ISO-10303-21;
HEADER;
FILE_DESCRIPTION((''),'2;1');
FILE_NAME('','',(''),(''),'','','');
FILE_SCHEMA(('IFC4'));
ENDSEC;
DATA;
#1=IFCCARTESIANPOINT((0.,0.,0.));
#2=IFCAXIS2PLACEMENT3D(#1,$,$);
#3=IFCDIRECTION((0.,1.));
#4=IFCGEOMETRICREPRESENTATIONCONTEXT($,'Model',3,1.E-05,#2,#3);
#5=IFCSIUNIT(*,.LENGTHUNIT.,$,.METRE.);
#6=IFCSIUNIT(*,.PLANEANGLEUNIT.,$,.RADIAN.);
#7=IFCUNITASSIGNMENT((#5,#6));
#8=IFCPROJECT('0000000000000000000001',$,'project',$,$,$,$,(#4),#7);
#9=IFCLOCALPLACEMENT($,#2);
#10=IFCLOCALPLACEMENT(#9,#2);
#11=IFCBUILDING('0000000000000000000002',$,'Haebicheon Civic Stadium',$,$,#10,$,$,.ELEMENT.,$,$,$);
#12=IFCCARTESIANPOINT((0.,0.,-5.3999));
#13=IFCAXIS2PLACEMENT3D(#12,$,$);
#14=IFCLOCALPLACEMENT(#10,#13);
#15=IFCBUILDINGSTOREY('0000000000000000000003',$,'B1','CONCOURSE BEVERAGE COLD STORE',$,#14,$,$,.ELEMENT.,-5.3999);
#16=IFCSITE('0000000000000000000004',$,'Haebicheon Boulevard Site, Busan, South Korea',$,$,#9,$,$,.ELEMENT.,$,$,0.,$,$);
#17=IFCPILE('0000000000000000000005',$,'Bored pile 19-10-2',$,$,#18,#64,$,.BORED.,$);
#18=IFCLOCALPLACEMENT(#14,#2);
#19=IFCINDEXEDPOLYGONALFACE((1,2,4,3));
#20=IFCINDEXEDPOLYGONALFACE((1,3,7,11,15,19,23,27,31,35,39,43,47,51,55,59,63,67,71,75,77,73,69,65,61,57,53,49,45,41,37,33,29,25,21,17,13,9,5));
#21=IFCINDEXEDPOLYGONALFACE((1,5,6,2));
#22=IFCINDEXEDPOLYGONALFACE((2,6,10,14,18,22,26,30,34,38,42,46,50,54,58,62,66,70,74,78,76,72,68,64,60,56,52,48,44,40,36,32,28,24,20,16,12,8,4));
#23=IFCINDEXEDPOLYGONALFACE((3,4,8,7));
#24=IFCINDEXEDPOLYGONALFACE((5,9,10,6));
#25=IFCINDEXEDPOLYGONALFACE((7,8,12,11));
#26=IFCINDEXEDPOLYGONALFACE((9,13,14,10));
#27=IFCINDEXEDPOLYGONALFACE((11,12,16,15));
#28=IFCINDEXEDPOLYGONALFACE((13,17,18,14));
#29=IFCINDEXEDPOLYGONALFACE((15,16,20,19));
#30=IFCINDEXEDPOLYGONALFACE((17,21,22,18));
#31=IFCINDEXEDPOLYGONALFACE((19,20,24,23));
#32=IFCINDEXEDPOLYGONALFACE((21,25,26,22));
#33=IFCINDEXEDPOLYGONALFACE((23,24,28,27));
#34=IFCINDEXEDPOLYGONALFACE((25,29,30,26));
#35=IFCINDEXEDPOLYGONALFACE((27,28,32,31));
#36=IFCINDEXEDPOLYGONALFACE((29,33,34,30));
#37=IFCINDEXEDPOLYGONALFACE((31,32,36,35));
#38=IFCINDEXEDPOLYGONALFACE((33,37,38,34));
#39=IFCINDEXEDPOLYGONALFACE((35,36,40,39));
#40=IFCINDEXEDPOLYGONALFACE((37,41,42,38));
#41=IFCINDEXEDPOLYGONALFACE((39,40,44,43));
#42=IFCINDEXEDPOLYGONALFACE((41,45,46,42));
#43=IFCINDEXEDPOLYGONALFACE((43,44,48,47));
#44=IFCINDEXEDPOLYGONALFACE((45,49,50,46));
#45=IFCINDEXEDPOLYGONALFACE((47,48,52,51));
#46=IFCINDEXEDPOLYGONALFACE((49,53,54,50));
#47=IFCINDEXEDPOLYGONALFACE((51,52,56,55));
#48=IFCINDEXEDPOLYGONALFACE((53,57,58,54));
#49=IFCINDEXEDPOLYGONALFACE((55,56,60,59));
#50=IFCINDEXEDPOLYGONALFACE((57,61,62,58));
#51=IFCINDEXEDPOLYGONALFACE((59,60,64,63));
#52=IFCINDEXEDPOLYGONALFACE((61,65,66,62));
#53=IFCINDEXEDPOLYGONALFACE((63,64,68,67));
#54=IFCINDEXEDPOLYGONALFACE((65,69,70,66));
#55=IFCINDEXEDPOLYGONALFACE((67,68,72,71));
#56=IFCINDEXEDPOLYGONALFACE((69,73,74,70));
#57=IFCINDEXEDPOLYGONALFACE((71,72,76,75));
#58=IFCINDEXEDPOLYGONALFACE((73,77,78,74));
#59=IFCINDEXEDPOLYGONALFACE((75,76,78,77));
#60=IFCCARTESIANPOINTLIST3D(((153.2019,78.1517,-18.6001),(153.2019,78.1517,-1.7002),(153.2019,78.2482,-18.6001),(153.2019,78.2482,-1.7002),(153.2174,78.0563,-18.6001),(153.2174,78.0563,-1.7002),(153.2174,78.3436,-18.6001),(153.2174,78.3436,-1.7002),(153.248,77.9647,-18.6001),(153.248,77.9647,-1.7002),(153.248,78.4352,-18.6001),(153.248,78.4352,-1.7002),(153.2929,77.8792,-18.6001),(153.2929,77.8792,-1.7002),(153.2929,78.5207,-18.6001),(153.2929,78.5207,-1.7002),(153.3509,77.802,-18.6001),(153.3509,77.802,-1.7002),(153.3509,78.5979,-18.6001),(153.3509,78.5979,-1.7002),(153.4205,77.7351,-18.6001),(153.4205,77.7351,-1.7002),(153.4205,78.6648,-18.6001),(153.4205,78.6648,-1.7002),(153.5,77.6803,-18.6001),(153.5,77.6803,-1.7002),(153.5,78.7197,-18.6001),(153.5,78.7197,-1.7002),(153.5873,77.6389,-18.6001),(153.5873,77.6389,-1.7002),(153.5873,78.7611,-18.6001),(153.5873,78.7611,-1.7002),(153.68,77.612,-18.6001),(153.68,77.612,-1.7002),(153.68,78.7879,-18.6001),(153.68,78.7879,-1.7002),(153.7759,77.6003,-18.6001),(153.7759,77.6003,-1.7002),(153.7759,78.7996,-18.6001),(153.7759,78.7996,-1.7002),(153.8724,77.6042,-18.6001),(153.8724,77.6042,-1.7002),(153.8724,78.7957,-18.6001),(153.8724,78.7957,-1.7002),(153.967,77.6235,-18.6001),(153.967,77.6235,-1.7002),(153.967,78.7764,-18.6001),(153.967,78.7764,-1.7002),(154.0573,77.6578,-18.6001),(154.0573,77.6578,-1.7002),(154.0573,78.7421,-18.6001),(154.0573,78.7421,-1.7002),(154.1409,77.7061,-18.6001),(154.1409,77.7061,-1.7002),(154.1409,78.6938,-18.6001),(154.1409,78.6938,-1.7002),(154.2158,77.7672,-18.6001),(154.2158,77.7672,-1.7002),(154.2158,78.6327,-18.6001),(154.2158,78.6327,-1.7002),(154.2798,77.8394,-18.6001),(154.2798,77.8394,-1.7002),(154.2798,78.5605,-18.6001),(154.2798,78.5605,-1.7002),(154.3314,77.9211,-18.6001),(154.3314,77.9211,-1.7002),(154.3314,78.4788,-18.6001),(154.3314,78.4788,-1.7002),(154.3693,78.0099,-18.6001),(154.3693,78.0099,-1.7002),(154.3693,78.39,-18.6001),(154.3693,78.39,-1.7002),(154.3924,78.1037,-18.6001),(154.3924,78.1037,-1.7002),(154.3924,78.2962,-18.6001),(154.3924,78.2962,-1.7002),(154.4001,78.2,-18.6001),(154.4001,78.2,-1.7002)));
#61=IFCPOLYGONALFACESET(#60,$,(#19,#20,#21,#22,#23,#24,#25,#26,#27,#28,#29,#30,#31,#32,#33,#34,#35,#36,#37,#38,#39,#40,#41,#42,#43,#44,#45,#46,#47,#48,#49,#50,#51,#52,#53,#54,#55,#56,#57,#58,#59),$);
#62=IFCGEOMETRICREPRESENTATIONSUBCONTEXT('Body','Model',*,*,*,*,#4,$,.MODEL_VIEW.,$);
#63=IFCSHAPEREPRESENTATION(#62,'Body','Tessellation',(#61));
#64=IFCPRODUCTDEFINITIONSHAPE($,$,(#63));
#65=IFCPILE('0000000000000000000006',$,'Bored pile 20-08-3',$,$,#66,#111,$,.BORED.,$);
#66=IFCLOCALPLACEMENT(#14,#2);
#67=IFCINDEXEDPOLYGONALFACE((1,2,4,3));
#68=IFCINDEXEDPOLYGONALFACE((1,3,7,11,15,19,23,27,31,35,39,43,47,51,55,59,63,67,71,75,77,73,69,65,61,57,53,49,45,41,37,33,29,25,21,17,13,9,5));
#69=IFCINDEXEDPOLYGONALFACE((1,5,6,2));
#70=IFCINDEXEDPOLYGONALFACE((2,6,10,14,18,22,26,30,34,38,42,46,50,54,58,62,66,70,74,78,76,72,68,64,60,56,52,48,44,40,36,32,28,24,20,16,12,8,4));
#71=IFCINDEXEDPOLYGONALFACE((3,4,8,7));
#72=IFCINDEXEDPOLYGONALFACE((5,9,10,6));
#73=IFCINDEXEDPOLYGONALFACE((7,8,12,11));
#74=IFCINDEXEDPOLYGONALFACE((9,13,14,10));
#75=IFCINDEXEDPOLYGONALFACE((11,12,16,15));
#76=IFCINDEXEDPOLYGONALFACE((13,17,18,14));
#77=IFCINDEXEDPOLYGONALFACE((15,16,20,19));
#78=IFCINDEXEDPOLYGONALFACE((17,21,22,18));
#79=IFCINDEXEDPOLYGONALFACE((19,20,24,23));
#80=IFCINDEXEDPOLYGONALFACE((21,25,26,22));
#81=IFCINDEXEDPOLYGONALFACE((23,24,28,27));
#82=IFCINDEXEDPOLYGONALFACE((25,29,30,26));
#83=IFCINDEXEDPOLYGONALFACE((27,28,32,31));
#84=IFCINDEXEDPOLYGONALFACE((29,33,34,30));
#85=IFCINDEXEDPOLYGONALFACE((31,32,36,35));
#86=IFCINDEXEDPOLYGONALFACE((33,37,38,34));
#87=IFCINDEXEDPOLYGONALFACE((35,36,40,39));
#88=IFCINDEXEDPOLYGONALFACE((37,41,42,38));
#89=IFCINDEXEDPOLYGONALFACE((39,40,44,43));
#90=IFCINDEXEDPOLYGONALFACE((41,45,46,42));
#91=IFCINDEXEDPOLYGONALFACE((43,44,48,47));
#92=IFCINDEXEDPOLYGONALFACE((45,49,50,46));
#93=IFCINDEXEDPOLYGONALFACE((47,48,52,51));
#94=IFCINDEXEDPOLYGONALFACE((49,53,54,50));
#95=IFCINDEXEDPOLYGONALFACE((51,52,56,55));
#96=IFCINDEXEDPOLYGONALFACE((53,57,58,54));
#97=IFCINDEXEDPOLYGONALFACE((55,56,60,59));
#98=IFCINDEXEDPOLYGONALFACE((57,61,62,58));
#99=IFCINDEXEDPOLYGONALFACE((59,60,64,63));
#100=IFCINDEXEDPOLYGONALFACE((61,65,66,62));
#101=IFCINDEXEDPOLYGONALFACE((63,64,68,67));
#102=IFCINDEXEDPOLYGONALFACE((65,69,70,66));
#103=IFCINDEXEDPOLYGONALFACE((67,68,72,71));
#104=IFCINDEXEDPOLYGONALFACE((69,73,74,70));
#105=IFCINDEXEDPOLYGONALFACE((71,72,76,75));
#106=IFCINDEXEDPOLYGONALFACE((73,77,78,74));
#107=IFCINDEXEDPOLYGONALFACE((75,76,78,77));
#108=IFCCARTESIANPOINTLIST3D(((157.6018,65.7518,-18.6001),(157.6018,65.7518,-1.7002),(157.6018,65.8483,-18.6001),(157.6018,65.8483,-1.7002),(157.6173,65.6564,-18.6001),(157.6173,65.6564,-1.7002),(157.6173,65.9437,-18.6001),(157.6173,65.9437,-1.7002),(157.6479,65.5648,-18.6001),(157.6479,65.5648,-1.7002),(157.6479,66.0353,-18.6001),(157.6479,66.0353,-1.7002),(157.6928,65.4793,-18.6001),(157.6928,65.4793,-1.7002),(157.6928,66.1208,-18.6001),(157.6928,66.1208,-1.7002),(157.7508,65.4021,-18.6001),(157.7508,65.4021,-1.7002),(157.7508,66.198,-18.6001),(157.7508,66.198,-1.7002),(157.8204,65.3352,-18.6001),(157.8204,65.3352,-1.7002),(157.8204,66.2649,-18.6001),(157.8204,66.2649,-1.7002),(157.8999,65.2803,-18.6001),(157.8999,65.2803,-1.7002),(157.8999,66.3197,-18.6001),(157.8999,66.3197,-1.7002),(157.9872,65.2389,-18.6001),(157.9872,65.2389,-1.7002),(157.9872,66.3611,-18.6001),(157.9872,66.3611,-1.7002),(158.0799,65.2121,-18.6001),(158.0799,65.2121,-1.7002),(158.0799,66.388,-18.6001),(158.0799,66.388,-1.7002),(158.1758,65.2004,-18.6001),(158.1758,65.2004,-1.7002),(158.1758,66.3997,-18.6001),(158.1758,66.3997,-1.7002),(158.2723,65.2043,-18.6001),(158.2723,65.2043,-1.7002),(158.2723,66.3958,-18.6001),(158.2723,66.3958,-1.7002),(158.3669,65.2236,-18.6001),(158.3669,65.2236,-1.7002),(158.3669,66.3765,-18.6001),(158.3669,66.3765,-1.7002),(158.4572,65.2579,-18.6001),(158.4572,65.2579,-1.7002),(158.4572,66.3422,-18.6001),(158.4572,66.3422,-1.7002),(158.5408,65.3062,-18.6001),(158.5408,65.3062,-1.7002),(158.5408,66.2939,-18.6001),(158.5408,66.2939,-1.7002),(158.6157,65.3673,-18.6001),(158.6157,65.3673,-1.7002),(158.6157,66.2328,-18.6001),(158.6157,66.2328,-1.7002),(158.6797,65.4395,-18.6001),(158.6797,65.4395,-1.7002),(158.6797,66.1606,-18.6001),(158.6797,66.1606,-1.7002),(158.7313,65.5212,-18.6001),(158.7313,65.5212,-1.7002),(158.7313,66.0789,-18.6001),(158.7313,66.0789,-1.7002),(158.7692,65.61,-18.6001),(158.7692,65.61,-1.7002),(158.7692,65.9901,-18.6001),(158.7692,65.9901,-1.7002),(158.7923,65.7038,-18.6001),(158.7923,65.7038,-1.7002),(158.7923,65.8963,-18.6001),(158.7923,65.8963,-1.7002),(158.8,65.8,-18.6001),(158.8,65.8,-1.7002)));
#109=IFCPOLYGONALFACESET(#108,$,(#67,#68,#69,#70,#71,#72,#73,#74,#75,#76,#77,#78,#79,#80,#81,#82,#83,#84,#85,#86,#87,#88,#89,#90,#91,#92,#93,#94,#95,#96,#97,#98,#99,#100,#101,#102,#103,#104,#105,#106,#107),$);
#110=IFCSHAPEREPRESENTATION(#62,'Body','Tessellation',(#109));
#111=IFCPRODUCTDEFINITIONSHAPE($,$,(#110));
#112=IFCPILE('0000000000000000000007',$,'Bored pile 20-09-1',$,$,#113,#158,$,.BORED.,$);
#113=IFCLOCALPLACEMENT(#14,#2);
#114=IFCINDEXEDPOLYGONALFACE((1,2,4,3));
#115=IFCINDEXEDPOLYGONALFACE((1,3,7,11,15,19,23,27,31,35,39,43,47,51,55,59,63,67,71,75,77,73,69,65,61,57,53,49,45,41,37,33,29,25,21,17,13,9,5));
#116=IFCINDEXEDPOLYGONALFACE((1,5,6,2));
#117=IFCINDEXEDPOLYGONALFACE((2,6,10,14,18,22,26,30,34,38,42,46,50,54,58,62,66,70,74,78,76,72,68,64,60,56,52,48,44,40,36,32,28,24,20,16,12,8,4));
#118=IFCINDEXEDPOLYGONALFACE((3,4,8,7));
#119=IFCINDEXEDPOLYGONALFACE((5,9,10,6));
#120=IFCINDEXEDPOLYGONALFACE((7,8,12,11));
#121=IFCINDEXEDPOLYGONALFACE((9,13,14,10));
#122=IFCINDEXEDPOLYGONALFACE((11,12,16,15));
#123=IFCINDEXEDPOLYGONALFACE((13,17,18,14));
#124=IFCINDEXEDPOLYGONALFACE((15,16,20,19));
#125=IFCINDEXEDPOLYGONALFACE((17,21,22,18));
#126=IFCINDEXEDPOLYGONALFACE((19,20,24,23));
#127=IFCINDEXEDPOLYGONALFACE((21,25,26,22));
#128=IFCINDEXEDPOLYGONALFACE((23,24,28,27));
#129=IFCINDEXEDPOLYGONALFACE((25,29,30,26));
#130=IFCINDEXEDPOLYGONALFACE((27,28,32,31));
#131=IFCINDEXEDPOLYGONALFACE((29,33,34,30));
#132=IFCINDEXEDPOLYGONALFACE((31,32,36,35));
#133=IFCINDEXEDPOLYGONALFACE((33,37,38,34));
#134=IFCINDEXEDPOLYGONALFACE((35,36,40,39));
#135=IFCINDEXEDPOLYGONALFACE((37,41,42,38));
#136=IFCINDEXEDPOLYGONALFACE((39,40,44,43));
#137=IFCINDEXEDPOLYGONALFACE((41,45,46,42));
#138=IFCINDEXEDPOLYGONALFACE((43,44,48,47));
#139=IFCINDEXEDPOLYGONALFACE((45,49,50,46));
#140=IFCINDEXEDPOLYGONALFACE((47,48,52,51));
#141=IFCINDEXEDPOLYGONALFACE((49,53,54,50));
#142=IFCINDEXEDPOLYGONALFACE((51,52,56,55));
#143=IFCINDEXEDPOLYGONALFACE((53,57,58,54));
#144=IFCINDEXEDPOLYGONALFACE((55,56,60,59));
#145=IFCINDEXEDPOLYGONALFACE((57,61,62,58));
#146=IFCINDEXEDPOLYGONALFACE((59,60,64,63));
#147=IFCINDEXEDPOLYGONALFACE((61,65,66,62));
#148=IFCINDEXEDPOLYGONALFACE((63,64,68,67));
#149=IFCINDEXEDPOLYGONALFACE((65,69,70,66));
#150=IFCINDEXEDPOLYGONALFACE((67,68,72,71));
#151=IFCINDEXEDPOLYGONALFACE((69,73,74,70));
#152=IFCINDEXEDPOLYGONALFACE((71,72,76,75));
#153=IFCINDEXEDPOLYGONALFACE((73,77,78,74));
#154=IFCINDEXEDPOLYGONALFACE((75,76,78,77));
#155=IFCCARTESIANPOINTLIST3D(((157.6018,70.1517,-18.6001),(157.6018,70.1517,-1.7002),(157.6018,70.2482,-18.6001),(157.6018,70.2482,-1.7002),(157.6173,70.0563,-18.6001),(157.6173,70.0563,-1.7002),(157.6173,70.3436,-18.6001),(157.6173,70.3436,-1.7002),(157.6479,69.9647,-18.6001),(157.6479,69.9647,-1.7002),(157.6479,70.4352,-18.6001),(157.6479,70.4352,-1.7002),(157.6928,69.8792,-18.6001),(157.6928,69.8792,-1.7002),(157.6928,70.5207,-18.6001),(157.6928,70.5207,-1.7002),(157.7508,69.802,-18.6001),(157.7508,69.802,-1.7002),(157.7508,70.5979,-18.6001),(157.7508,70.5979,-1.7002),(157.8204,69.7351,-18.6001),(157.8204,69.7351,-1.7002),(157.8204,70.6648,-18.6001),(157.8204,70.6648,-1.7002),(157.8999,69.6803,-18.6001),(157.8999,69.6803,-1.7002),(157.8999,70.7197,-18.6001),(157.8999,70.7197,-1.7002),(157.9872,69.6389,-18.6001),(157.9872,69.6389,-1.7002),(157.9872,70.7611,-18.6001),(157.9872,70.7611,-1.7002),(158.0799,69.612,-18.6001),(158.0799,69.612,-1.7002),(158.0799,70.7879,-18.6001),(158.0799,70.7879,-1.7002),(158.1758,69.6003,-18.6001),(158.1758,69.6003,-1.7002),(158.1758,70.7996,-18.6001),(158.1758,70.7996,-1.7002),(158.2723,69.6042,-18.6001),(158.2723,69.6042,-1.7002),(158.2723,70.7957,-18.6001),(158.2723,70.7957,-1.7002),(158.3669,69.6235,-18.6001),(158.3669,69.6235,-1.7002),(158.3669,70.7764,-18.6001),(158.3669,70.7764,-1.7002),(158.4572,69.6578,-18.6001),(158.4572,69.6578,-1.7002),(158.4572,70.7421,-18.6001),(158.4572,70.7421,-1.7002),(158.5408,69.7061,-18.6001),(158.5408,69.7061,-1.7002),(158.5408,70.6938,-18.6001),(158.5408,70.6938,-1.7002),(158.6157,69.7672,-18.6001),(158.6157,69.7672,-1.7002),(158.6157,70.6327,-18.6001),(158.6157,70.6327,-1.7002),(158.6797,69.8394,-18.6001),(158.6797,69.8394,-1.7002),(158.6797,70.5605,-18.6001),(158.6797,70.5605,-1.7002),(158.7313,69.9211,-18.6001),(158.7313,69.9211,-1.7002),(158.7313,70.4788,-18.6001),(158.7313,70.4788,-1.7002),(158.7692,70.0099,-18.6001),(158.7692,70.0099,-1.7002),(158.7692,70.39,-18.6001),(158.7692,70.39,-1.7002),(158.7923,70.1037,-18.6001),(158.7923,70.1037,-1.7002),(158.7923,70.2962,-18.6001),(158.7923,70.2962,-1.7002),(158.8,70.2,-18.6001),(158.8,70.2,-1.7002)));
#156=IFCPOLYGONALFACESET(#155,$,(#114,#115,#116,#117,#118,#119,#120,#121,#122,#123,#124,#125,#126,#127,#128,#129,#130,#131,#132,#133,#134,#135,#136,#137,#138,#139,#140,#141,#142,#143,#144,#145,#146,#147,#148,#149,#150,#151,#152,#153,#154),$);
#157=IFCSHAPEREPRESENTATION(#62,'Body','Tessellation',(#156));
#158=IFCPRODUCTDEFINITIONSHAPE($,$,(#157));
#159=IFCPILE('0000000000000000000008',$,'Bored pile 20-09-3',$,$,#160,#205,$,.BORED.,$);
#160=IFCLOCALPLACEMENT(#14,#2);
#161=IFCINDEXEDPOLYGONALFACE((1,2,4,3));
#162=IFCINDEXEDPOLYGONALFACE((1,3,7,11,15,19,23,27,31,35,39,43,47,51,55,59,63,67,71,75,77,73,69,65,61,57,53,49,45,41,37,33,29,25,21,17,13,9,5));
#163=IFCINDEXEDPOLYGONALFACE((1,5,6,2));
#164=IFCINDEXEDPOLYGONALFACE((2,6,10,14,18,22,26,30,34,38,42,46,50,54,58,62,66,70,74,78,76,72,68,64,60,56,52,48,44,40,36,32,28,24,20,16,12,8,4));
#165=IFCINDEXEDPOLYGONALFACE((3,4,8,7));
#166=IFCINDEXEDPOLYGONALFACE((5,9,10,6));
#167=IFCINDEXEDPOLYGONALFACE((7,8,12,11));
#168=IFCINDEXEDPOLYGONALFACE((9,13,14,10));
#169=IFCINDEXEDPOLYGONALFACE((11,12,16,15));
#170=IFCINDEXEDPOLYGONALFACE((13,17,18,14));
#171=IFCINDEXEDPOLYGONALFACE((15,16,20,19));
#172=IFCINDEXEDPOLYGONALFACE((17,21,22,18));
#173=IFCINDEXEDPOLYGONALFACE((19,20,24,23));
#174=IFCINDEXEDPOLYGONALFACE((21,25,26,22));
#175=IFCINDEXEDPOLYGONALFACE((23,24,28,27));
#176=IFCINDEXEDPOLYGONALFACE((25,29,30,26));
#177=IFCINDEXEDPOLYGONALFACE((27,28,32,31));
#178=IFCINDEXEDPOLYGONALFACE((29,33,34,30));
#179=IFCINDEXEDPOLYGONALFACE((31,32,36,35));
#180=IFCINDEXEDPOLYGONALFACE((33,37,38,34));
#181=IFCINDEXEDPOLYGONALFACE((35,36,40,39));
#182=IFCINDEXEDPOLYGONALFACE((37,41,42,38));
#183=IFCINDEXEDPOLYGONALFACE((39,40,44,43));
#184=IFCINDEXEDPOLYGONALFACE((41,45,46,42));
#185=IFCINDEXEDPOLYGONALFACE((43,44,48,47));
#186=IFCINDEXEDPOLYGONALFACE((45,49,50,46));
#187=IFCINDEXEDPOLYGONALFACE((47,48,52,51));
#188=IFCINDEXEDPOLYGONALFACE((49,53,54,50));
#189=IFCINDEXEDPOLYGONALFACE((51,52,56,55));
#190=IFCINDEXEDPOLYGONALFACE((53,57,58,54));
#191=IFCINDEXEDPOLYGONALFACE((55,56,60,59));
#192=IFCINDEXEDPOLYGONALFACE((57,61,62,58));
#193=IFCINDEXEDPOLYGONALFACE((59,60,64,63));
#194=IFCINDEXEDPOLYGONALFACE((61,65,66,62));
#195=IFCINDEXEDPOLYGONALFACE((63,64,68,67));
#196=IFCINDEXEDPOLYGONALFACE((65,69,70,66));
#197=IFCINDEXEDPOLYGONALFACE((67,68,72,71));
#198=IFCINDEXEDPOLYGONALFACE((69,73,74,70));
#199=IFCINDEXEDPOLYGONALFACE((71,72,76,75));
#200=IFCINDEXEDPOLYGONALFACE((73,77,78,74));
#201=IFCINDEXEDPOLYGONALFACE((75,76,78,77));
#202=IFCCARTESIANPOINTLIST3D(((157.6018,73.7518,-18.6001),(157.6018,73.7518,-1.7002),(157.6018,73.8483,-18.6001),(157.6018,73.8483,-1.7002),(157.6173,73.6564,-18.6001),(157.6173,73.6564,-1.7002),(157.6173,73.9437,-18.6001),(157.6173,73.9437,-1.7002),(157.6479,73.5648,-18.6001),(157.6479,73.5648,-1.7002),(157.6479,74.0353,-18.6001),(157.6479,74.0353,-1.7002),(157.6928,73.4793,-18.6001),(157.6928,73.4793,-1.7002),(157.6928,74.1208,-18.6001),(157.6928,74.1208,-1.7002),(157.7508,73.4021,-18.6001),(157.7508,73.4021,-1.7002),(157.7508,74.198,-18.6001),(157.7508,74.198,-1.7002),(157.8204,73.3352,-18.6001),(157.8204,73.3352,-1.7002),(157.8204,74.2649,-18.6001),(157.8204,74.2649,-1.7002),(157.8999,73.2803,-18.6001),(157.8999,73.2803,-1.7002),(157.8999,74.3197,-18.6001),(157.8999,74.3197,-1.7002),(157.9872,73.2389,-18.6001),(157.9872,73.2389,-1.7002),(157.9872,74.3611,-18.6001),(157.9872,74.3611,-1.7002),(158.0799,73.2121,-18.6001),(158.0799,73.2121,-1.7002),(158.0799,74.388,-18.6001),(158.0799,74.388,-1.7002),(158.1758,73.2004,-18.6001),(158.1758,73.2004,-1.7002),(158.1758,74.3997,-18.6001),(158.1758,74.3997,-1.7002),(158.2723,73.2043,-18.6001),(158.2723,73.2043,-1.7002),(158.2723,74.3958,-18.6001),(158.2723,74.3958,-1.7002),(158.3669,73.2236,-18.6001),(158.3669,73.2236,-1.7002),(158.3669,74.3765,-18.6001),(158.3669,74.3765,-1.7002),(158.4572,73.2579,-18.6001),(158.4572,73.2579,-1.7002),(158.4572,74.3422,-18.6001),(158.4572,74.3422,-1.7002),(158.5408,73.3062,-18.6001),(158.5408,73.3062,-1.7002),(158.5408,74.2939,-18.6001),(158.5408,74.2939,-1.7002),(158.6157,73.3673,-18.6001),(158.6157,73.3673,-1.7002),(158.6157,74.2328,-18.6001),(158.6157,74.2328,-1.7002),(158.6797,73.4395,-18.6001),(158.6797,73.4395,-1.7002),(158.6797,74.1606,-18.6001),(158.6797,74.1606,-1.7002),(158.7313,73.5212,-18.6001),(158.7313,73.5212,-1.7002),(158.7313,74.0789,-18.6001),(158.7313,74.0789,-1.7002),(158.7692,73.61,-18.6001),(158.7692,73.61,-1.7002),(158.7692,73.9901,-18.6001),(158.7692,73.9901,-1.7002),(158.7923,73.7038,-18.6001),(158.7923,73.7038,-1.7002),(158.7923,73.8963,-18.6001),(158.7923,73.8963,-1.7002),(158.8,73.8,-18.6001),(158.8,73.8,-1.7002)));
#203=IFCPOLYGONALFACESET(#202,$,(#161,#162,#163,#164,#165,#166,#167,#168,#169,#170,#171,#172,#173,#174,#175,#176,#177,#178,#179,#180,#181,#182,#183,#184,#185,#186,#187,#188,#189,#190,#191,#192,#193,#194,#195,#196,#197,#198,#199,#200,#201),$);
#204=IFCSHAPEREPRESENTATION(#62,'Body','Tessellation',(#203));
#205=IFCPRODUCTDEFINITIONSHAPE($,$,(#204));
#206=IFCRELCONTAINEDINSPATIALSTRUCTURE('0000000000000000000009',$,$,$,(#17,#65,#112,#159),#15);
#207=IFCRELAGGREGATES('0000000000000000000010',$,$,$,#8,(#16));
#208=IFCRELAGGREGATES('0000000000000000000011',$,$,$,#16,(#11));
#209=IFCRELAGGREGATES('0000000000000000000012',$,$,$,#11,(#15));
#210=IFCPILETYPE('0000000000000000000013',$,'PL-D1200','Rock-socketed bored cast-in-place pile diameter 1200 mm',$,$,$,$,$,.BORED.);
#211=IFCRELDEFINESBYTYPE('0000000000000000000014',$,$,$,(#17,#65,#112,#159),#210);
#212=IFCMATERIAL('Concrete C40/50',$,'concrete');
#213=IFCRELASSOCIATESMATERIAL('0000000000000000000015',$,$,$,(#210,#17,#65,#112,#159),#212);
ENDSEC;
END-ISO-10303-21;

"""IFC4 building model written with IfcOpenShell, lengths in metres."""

from ifc_helpers import new_model, si_unit, direction, frame, origin, origin_2d, place, context, subcontext, project, spatial, circle, extrude, material, material_profile, profile_set, type_object, element, save


model = new_model("IFC4")

# Units and contexts
model_context = context("Model", 3, precision=1e-05, world=origin(), true_north=direction((0.0, 1.0)))
body_context = subcontext(model_context, "Body", "Model", "MODEL_VIEW")
ifc_project = project(units=[si_unit("LENGTHUNIT", "METRE"), si_unit("PLANEANGLEUNIT", "RADIAN")], contexts=[model_context])

# Site, building, storey
site_placement = place(None, origin())
site = spatial("IfcSite", under=ifc_project, at=site_placement, Name="Haebicheon Boulevard Site, Busan, South Korea", CompositionType="ELEMENT", RefElevation=0.0)
building_placement = place(site_placement, origin())
building = spatial("IfcBuilding", under=site, at=building_placement, Name="Haebicheon Civic Stadium", CompositionType="ELEMENT")
storey_placement = place(building_placement, frame((0.0, 0.0, -5.3999)))
storey = spatial("IfcBuildingStorey", under=building, at=storey_placement, Name="B1", Description="CONCOURSE BEVERAGE COLD STORE", CompositionType="ELEMENT", Elevation=-5.3999)

# Piles
ifc_material_1 = material(Name="Concrete C40/50", Category="concrete")
ifc_material_profile_1 = material_profile(ifc_material_1, circle(Radius=0.6001, at=origin_2d()), Name="PILE-D1200")
ifc_profile_set_1 = profile_set([ifc_material_profile_1], Name="Concrete C40/50")
pile_type = type_object("IfcPileType", Name="PL-D1200", Description="Rock-socketed bored cast-in-place pile diameter 1200 mm", PredefinedType="BORED", material=ifc_profile_set_1)
for number, where, z_axis, x_axis, name in (
    (1, (153.8, 78.2, -1.7002), (0.0, 0.0, -1.0), (1.0, 0.0, 0.0), "Bored pile 19-10-2"),
    (2, (158.2, 65.8, -1.7002), (0.0, 0.0, -1.0), (1.0, 0.0, 0.0), "Bored pile 20-08-3"),
    (3, (158.2, 70.2, -1.7002), (0.0, 0.0, -1.0), (1.0, 0.0, 0.0), "Bored pile 20-09-1"),
    (4, (158.2, 73.8, -1.7002), (0.0, 0.0, -1.0), (1.0, 0.0, 0.0), "Bored pile 20-09-3"),
):
    element("IfcPile", number, at=place(storey_placement, frame(where, z_axis=z_axis, x_axis=x_axis)), inside=storey, type_object=pile_type, material=ifc_profile_set_1, Name=name, PredefinedType="BORED", context=body_context, shape_type="SweptSolid", body=[
        extrude(circle(Radius=0.6001, at=origin_2d()), origin(), (0.0, 0.0, 1.0), 16.8999),
    ])

save(model, "model.ifc")
